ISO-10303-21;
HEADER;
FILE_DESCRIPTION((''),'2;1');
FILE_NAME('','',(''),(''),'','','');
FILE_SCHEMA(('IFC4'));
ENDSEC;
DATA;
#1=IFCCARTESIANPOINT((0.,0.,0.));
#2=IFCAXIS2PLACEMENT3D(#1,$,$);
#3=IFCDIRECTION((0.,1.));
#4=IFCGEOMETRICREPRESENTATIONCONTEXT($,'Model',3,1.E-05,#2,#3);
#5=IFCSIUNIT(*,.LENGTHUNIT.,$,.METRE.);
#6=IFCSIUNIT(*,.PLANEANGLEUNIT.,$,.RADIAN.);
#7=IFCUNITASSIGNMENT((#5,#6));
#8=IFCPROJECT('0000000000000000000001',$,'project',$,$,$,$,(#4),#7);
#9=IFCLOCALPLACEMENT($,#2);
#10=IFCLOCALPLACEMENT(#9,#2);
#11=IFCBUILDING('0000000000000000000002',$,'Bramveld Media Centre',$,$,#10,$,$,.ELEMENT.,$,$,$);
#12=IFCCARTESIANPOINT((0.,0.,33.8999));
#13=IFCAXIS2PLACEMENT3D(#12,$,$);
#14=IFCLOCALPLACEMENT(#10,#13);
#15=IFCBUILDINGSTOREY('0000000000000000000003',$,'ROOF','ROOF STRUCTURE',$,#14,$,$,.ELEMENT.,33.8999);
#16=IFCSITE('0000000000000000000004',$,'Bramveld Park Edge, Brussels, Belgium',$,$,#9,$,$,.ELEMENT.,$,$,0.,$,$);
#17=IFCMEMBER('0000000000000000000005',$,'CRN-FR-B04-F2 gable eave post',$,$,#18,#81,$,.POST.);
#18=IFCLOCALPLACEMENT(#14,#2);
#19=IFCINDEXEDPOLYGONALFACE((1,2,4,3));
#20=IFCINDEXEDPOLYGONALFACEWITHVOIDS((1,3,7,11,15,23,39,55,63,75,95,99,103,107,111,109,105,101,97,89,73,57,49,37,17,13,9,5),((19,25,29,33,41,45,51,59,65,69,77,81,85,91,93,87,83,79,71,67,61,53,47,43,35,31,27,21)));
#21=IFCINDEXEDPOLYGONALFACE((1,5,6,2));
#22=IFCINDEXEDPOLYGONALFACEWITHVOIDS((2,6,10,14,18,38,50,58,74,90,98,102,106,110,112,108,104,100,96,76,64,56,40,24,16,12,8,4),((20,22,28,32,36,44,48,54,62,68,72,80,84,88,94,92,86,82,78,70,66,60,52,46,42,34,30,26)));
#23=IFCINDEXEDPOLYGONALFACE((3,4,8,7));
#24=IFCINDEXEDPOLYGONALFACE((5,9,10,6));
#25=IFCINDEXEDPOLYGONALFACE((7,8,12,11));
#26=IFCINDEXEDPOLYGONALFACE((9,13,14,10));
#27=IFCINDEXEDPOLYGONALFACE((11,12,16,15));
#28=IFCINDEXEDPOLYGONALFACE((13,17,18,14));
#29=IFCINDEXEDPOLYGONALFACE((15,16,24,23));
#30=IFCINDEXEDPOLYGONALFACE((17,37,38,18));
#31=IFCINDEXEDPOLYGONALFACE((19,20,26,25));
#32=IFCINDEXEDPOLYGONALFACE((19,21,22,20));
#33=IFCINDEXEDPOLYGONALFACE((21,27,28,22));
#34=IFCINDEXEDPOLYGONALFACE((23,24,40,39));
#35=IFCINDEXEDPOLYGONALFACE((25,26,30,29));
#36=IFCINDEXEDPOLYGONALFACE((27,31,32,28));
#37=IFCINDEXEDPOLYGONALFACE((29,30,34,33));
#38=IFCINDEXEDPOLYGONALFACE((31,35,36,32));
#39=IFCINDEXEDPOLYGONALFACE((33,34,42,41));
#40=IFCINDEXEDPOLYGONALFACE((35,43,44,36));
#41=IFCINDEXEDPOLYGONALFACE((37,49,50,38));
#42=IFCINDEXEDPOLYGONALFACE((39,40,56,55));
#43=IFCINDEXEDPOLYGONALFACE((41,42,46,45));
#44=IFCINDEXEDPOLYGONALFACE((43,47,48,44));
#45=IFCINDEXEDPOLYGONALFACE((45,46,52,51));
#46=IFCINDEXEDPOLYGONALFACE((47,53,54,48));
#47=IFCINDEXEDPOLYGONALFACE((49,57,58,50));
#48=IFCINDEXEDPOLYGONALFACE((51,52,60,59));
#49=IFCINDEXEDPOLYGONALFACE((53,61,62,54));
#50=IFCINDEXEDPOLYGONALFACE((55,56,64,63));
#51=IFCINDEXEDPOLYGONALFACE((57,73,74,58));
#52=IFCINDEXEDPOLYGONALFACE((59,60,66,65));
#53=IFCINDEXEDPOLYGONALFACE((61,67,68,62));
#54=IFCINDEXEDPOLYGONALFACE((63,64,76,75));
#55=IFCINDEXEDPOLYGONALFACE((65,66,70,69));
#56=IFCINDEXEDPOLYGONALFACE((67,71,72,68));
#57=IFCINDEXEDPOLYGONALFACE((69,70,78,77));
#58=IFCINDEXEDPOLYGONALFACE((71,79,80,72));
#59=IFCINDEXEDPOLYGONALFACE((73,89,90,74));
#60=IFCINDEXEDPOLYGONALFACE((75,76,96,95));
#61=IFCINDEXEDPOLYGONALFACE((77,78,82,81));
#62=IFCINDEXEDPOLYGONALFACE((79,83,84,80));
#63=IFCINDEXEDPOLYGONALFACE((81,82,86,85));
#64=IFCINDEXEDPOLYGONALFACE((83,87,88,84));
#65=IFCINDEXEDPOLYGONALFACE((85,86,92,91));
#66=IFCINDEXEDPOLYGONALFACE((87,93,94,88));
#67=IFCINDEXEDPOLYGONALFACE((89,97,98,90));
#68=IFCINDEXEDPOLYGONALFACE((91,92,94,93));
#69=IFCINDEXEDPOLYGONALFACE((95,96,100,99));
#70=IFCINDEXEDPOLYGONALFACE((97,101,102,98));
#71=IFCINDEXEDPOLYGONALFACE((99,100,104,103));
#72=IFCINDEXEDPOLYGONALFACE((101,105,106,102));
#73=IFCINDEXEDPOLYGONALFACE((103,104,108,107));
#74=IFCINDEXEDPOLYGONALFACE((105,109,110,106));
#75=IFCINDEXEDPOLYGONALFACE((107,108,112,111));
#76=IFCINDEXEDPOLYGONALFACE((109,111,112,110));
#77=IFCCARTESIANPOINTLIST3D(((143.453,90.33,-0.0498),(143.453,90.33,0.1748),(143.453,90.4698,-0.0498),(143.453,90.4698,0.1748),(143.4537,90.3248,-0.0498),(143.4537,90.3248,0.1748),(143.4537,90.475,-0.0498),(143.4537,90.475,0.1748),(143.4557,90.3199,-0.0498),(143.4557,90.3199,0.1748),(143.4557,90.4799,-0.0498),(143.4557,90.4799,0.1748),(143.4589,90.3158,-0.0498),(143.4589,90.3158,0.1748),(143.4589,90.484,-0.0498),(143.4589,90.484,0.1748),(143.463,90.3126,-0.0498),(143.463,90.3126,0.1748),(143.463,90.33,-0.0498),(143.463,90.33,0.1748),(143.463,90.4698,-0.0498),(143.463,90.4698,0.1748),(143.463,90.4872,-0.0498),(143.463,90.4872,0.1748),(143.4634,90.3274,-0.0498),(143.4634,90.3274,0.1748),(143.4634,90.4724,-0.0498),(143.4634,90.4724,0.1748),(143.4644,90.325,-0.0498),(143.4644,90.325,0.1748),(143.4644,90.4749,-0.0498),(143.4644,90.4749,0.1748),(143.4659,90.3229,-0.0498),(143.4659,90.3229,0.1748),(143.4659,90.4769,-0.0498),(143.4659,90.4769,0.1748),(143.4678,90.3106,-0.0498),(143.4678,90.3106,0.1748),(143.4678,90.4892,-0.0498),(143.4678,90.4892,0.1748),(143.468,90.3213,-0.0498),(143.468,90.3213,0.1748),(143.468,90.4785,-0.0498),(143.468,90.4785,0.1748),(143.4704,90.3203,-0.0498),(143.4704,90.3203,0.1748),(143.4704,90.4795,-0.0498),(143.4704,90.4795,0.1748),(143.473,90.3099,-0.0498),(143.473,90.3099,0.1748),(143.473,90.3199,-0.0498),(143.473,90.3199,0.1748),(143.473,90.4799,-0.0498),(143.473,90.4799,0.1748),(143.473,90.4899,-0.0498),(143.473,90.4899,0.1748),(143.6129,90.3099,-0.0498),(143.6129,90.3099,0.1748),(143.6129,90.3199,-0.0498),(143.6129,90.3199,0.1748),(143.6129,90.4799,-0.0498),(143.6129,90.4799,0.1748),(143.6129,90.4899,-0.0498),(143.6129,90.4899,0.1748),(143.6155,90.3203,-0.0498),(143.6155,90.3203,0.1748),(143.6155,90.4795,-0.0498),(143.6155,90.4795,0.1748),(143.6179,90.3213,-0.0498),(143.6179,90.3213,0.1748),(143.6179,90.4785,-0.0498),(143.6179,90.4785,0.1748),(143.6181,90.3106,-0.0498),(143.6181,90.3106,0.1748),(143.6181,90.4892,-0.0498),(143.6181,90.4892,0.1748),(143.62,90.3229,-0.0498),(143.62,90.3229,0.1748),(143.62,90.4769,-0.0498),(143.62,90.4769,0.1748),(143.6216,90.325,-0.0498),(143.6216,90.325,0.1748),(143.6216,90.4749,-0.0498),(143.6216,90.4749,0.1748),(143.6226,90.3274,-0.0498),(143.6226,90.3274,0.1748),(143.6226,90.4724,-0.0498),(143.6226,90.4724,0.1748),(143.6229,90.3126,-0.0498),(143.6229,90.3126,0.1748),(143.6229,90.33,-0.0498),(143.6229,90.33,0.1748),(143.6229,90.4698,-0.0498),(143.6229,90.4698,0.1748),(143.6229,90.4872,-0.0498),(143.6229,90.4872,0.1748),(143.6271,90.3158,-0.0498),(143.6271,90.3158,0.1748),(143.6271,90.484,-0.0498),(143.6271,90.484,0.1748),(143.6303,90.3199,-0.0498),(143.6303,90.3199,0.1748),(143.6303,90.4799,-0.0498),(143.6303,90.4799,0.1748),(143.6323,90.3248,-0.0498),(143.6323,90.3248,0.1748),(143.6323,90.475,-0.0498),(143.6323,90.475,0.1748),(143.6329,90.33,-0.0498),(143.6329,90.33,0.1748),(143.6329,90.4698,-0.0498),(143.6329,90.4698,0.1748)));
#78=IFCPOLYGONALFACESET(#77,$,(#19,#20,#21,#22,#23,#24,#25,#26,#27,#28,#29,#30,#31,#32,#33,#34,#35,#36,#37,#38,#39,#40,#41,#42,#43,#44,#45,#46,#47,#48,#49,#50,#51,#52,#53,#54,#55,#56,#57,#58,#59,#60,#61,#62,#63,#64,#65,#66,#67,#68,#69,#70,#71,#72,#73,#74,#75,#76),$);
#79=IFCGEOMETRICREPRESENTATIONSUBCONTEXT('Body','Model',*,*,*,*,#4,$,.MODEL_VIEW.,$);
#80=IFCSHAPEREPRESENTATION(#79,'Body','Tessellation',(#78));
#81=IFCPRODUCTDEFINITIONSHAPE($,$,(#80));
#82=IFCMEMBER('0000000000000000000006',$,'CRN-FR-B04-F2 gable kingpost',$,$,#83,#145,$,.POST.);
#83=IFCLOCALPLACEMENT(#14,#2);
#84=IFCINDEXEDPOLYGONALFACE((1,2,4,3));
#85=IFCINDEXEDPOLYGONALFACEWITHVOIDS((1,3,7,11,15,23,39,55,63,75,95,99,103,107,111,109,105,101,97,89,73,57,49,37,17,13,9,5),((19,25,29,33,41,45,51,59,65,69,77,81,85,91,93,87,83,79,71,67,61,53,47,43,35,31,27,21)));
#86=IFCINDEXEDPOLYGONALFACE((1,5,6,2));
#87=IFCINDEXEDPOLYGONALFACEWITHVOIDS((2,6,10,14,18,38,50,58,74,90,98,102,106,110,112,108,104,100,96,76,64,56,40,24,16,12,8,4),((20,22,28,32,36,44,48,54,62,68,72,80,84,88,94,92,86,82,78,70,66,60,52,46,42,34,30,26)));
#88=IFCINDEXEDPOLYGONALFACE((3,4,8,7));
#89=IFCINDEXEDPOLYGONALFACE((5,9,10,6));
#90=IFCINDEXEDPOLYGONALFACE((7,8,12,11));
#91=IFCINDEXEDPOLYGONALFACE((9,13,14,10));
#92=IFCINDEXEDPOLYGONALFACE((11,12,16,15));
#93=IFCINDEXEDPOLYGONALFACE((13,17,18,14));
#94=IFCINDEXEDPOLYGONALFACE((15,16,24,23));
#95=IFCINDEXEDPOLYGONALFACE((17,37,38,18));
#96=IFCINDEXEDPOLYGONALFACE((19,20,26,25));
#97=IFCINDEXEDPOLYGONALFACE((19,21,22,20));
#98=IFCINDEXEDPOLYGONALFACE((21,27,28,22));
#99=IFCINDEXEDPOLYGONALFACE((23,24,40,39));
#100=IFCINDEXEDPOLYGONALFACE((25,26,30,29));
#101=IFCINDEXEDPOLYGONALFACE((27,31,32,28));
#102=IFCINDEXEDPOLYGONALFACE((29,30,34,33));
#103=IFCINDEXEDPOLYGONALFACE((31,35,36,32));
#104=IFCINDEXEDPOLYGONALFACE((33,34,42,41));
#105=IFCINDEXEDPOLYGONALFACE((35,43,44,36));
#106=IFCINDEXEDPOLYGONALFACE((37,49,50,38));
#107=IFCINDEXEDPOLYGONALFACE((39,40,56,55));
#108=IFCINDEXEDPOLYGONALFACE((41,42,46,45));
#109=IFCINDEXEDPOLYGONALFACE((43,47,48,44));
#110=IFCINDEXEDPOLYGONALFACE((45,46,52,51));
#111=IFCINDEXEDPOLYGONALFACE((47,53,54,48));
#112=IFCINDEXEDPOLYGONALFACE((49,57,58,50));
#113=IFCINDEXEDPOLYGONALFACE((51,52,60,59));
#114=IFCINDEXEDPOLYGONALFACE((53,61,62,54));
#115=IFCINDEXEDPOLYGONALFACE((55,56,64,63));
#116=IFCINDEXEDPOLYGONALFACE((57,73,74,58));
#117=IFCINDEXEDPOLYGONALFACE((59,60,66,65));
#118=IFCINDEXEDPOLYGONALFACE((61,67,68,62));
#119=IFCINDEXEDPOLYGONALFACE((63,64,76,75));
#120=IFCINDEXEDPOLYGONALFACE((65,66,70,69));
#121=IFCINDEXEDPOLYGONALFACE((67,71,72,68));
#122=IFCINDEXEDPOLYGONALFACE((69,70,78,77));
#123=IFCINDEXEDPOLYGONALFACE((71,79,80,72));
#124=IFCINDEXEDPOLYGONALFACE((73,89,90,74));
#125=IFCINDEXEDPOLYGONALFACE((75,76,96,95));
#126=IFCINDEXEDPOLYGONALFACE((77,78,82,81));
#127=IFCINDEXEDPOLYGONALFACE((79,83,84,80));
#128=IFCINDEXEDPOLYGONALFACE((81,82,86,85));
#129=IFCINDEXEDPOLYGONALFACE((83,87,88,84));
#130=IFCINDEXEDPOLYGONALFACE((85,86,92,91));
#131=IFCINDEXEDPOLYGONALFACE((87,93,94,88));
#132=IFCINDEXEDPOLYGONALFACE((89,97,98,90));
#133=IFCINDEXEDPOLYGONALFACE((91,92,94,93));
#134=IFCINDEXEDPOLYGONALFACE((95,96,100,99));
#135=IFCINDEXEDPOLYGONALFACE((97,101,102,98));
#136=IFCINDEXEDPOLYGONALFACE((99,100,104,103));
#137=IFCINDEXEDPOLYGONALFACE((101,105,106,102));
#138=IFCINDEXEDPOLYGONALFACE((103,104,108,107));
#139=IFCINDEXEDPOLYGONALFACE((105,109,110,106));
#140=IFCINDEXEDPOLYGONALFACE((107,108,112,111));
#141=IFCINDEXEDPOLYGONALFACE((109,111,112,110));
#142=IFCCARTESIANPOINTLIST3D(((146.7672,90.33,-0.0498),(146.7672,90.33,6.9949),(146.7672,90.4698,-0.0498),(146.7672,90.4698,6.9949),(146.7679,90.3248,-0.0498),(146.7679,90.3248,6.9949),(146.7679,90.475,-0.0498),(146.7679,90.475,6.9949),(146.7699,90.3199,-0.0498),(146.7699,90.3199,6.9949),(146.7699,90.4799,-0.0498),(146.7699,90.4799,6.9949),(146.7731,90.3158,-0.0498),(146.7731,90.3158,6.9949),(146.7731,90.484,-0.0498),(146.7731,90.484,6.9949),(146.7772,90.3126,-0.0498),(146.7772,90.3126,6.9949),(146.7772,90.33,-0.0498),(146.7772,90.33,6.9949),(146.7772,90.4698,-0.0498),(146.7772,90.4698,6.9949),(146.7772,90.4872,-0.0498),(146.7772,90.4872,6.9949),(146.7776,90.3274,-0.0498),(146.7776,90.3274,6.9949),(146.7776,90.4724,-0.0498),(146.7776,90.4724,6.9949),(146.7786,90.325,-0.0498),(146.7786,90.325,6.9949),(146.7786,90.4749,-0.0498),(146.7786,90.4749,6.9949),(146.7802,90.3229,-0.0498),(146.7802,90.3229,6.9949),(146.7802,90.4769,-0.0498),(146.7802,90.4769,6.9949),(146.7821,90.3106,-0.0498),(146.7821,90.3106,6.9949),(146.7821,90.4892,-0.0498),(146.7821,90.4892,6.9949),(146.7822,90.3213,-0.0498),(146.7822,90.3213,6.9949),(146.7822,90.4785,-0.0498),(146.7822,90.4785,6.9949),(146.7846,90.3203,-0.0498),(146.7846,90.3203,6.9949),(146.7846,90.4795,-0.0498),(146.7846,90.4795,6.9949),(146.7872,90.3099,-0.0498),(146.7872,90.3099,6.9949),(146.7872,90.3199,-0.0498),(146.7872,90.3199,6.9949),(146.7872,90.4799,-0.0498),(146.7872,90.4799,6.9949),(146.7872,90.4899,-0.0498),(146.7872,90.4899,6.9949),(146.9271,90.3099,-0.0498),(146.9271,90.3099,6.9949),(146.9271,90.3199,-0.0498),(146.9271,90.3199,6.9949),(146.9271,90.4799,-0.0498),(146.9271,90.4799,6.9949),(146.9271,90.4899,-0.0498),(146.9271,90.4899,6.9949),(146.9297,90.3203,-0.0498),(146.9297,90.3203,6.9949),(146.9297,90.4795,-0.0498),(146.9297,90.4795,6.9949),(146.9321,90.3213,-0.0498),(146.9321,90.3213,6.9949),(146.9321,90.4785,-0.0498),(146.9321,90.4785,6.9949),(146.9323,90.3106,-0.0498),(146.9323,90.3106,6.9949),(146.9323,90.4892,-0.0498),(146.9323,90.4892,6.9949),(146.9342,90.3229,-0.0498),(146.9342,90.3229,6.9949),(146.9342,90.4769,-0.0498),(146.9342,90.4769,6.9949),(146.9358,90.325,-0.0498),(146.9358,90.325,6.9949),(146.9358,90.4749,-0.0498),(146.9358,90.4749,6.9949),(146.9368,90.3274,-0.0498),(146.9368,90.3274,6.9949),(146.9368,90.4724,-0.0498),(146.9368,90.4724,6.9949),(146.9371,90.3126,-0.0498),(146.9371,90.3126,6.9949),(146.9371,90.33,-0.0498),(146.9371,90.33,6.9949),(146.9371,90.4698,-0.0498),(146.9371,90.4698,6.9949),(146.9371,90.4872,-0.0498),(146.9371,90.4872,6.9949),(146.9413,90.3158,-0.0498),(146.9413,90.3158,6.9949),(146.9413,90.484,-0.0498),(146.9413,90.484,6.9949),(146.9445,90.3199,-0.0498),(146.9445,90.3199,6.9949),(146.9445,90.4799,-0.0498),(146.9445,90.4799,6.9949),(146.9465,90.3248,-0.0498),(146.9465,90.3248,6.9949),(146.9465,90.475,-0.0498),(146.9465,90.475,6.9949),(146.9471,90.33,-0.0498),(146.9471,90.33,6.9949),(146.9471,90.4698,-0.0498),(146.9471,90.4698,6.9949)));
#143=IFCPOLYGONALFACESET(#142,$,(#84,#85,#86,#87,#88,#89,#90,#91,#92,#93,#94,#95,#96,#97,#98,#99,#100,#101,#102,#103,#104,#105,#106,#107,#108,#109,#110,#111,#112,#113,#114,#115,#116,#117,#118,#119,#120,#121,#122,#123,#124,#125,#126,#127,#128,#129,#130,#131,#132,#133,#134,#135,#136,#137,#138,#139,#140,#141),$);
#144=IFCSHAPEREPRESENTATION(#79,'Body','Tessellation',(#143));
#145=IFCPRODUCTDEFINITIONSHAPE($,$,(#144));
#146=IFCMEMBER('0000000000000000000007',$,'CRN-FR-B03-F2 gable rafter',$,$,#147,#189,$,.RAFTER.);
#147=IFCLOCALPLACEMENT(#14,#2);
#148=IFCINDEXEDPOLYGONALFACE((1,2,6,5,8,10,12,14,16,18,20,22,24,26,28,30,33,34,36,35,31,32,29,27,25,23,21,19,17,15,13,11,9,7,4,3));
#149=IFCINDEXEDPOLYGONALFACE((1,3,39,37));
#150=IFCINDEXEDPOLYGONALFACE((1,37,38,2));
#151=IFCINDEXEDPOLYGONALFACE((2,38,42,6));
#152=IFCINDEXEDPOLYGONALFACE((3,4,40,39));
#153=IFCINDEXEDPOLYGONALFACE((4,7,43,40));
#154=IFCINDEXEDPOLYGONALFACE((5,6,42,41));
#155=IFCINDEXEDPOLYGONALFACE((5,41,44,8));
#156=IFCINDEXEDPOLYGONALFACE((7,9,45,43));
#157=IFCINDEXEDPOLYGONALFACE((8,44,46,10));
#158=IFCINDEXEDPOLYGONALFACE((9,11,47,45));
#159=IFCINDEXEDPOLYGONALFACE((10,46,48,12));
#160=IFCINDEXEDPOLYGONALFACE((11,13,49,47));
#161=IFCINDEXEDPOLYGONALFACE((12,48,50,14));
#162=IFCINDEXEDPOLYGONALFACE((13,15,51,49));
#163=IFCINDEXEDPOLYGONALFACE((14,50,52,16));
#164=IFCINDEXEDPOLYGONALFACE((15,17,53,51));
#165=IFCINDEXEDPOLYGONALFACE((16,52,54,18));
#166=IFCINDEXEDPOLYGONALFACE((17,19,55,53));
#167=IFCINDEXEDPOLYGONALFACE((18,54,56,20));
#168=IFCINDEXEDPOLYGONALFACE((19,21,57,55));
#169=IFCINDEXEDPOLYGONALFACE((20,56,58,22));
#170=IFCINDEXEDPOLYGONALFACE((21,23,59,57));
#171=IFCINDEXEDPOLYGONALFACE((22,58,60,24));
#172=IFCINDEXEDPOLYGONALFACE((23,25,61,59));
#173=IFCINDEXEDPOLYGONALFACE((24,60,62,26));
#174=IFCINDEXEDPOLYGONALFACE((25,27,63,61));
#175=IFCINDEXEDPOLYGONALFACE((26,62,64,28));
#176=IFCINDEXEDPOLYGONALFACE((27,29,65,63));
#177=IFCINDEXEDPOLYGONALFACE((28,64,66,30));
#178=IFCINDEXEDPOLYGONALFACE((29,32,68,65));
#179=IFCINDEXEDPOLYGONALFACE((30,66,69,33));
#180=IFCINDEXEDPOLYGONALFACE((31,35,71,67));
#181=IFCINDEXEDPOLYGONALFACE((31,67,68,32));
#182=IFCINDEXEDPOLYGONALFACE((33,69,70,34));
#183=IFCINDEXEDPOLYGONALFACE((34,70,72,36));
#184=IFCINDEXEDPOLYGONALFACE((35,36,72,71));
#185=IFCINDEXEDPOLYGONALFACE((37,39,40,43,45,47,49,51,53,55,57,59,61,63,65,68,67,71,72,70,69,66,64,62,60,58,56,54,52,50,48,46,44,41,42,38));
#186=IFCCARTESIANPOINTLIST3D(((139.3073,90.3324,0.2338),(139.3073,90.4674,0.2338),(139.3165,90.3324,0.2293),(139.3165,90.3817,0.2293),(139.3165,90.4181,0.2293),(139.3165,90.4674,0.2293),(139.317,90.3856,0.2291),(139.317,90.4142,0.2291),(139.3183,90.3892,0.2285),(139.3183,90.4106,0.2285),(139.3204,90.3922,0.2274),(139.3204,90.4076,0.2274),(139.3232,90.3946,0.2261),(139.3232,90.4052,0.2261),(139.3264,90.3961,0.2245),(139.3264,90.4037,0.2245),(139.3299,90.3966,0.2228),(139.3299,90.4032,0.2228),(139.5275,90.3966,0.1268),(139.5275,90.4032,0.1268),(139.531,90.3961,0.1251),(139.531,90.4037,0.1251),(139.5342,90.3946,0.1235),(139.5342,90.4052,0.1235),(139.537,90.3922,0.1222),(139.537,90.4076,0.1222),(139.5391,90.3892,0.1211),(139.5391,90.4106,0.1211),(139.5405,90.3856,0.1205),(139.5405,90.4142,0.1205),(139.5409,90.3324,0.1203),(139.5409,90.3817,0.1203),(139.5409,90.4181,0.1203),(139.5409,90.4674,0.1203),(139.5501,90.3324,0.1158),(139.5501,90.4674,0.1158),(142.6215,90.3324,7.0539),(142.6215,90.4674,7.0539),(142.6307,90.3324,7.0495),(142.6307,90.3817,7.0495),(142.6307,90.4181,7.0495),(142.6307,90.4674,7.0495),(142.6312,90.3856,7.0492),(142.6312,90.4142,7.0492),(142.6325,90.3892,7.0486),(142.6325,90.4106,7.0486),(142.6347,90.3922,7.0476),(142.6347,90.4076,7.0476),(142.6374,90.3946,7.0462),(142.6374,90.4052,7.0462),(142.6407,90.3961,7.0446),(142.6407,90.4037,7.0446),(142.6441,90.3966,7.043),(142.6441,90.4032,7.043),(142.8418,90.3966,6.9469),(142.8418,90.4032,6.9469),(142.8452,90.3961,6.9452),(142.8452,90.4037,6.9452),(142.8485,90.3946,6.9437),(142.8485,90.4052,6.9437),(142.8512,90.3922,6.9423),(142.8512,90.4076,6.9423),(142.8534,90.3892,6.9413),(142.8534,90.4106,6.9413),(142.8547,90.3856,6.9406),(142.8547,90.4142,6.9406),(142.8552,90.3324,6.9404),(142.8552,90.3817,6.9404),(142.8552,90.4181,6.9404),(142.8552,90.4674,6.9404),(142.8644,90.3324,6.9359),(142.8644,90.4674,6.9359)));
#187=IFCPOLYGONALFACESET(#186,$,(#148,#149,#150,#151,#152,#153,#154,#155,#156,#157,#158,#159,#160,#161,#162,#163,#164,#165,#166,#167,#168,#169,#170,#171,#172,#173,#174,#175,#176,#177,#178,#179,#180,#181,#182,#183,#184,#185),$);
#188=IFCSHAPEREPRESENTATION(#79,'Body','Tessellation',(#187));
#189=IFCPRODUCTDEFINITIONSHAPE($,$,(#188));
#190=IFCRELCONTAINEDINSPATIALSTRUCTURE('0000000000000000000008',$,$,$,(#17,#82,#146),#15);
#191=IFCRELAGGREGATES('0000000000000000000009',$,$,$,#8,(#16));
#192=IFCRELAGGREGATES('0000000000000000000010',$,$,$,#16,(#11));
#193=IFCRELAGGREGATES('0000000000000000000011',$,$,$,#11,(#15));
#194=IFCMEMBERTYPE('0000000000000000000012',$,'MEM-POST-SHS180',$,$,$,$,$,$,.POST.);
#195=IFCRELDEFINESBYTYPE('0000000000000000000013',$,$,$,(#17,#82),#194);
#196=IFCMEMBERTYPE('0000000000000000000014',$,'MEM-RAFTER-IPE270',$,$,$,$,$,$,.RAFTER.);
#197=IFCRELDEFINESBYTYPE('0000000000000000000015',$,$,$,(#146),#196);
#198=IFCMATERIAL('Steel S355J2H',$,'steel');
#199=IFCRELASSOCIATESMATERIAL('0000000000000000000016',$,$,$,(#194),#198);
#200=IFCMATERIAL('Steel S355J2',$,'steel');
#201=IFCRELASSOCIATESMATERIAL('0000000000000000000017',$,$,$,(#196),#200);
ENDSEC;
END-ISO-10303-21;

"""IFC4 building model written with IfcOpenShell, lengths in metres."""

from ifc_helpers import new_model, si_unit, direction, frame, origin, origin_2d, place, context, subcontext, project, spatial, hollow_rectangle, i_section, extrude, material, material_profile, profile_set, type_object, element, save


model = new_model("IFC4")

# Units and contexts
model_context = context("Model", 3, precision=1e-05, world=origin(), true_north=direction((0.0, 1.0)))
body_context = subcontext(model_context, "Body", "Model", "MODEL_VIEW")
ifc_project = project(units=[si_unit("LENGTHUNIT", "METRE"), si_unit("PLANEANGLEUNIT", "RADIAN")], contexts=[model_context])

# Site, building, storey
site_placement = place(None, origin())
site = spatial("IfcSite", under=ifc_project, at=site_placement, Name="Bramveld Park Edge, Brussels, Belgium", CompositionType="ELEMENT", RefElevation=0.0)
building_placement = place(site_placement, origin())
building = spatial("IfcBuilding", under=site, at=building_placement, Name="Bramveld Media Centre", CompositionType="ELEMENT")
storey_placement = place(building_placement, frame((0.0, 0.0, 33.8999)))
storey = spatial("IfcBuildingStorey", under=building, at=storey_placement, Name="ROOF", Description="ROOF STRUCTURE", CompositionType="ELEMENT", Elevation=33.8999)

# Members
ifc_material_1 = material(Name="Steel S355J2H", Category="steel")
ifc_material_profile_1 = material_profile(ifc_material_1, hollow_rectangle(XDim=0.1799, YDim=0.1799, WallThickness=0.01, InnerFilletRadius=0.01, OuterFilletRadius=0.02, at=origin_2d()), Name="SHS 180x180x10")
ifc_profile_set_1 = profile_set([ifc_material_profile_1], Name="Steel S355J2H")
member_type_1 = type_object("IfcMemberType", Name="MEM-POST-SHS180", PredefinedType="POST", material=ifc_profile_set_1)
member_1_placement = place(storey_placement, frame((143.543, 90.3999, -0.0498), z_axis=(0.0, 0.0, 1.0), x_axis=(1.0, 0.0, 0.0)))
element("IfcMember", 1, at=member_1_placement, inside=storey, type_object=member_type_1, Name="CRN-FR-B04-F2 gable eave post", PredefinedType="POST", context=body_context, shape_type="SweptSolid", body=[
    extrude(hollow_rectangle(XDim=0.1799, YDim=0.1799, WallThickness=0.01, InnerFilletRadius=0.01, OuterFilletRadius=0.02, at=origin_2d()), origin(), (0.0, 0.0, 1.0), 0.2246),
])
member_2_placement = place(storey_placement, frame((146.8572, 90.3999, -0.0498), z_axis=(0.0, 0.0, 1.0), x_axis=(1.0, 0.0, 0.0)))
element("IfcMember", 2, at=member_2_placement, inside=storey, type_object=member_type_1, Name="CRN-FR-B04-F2 gable kingpost", PredefinedType="POST", context=body_context, shape_type="SweptSolid", body=[
    extrude(hollow_rectangle(XDim=0.1799, YDim=0.1799, WallThickness=0.01, InnerFilletRadius=0.01, OuterFilletRadius=0.02, at=origin_2d()), origin(), (0.0, 0.0, 1.0), 7.0447),
])
ifc_material_2 = material(Name="Steel S355J2", Category="steel")
ifc_material_profile_2 = material_profile(ifc_material_2, i_section(OverallWidth=0.135, OverallDepth=0.27, WebThickness=0.0066, FlangeThickness=0.0103, FilletRadius=0.0149, at=origin_2d()), Name="IPE 270")
ifc_profile_set_2 = profile_set([ifc_material_profile_2], Name="Steel S355J2")
member_type_2 = type_object("IfcMemberType", Name="MEM-RAFTER-IPE270", PredefinedType="RAFTER", material=ifc_profile_set_2)
for number, where, z_axis, x_axis, name in (
    (3, (139.4287, 90.3999, 0.1748), (0.437075, 0.0, 0.899425), (0.0, 1.0, 0.0), "CRN-FR-B03-F2 gable rafter"),
):
    element("IfcMember", number, at=place(storey_placement, frame(where, z_axis=z_axis, x_axis=x_axis)), inside=storey, type_object=member_type_2, Name=name, PredefinedType="RAFTER", context=body_context, shape_type="SweptSolid", body=[
        extrude(i_section(OverallWidth=0.135, OverallDepth=0.27, WebThickness=0.0066, FlangeThickness=0.0103, FilletRadius=0.0149, at=origin_2d()), origin(), (0.0, 0.0, 1.0), 7.5828),
    ])

save(model, "model.ifc")
